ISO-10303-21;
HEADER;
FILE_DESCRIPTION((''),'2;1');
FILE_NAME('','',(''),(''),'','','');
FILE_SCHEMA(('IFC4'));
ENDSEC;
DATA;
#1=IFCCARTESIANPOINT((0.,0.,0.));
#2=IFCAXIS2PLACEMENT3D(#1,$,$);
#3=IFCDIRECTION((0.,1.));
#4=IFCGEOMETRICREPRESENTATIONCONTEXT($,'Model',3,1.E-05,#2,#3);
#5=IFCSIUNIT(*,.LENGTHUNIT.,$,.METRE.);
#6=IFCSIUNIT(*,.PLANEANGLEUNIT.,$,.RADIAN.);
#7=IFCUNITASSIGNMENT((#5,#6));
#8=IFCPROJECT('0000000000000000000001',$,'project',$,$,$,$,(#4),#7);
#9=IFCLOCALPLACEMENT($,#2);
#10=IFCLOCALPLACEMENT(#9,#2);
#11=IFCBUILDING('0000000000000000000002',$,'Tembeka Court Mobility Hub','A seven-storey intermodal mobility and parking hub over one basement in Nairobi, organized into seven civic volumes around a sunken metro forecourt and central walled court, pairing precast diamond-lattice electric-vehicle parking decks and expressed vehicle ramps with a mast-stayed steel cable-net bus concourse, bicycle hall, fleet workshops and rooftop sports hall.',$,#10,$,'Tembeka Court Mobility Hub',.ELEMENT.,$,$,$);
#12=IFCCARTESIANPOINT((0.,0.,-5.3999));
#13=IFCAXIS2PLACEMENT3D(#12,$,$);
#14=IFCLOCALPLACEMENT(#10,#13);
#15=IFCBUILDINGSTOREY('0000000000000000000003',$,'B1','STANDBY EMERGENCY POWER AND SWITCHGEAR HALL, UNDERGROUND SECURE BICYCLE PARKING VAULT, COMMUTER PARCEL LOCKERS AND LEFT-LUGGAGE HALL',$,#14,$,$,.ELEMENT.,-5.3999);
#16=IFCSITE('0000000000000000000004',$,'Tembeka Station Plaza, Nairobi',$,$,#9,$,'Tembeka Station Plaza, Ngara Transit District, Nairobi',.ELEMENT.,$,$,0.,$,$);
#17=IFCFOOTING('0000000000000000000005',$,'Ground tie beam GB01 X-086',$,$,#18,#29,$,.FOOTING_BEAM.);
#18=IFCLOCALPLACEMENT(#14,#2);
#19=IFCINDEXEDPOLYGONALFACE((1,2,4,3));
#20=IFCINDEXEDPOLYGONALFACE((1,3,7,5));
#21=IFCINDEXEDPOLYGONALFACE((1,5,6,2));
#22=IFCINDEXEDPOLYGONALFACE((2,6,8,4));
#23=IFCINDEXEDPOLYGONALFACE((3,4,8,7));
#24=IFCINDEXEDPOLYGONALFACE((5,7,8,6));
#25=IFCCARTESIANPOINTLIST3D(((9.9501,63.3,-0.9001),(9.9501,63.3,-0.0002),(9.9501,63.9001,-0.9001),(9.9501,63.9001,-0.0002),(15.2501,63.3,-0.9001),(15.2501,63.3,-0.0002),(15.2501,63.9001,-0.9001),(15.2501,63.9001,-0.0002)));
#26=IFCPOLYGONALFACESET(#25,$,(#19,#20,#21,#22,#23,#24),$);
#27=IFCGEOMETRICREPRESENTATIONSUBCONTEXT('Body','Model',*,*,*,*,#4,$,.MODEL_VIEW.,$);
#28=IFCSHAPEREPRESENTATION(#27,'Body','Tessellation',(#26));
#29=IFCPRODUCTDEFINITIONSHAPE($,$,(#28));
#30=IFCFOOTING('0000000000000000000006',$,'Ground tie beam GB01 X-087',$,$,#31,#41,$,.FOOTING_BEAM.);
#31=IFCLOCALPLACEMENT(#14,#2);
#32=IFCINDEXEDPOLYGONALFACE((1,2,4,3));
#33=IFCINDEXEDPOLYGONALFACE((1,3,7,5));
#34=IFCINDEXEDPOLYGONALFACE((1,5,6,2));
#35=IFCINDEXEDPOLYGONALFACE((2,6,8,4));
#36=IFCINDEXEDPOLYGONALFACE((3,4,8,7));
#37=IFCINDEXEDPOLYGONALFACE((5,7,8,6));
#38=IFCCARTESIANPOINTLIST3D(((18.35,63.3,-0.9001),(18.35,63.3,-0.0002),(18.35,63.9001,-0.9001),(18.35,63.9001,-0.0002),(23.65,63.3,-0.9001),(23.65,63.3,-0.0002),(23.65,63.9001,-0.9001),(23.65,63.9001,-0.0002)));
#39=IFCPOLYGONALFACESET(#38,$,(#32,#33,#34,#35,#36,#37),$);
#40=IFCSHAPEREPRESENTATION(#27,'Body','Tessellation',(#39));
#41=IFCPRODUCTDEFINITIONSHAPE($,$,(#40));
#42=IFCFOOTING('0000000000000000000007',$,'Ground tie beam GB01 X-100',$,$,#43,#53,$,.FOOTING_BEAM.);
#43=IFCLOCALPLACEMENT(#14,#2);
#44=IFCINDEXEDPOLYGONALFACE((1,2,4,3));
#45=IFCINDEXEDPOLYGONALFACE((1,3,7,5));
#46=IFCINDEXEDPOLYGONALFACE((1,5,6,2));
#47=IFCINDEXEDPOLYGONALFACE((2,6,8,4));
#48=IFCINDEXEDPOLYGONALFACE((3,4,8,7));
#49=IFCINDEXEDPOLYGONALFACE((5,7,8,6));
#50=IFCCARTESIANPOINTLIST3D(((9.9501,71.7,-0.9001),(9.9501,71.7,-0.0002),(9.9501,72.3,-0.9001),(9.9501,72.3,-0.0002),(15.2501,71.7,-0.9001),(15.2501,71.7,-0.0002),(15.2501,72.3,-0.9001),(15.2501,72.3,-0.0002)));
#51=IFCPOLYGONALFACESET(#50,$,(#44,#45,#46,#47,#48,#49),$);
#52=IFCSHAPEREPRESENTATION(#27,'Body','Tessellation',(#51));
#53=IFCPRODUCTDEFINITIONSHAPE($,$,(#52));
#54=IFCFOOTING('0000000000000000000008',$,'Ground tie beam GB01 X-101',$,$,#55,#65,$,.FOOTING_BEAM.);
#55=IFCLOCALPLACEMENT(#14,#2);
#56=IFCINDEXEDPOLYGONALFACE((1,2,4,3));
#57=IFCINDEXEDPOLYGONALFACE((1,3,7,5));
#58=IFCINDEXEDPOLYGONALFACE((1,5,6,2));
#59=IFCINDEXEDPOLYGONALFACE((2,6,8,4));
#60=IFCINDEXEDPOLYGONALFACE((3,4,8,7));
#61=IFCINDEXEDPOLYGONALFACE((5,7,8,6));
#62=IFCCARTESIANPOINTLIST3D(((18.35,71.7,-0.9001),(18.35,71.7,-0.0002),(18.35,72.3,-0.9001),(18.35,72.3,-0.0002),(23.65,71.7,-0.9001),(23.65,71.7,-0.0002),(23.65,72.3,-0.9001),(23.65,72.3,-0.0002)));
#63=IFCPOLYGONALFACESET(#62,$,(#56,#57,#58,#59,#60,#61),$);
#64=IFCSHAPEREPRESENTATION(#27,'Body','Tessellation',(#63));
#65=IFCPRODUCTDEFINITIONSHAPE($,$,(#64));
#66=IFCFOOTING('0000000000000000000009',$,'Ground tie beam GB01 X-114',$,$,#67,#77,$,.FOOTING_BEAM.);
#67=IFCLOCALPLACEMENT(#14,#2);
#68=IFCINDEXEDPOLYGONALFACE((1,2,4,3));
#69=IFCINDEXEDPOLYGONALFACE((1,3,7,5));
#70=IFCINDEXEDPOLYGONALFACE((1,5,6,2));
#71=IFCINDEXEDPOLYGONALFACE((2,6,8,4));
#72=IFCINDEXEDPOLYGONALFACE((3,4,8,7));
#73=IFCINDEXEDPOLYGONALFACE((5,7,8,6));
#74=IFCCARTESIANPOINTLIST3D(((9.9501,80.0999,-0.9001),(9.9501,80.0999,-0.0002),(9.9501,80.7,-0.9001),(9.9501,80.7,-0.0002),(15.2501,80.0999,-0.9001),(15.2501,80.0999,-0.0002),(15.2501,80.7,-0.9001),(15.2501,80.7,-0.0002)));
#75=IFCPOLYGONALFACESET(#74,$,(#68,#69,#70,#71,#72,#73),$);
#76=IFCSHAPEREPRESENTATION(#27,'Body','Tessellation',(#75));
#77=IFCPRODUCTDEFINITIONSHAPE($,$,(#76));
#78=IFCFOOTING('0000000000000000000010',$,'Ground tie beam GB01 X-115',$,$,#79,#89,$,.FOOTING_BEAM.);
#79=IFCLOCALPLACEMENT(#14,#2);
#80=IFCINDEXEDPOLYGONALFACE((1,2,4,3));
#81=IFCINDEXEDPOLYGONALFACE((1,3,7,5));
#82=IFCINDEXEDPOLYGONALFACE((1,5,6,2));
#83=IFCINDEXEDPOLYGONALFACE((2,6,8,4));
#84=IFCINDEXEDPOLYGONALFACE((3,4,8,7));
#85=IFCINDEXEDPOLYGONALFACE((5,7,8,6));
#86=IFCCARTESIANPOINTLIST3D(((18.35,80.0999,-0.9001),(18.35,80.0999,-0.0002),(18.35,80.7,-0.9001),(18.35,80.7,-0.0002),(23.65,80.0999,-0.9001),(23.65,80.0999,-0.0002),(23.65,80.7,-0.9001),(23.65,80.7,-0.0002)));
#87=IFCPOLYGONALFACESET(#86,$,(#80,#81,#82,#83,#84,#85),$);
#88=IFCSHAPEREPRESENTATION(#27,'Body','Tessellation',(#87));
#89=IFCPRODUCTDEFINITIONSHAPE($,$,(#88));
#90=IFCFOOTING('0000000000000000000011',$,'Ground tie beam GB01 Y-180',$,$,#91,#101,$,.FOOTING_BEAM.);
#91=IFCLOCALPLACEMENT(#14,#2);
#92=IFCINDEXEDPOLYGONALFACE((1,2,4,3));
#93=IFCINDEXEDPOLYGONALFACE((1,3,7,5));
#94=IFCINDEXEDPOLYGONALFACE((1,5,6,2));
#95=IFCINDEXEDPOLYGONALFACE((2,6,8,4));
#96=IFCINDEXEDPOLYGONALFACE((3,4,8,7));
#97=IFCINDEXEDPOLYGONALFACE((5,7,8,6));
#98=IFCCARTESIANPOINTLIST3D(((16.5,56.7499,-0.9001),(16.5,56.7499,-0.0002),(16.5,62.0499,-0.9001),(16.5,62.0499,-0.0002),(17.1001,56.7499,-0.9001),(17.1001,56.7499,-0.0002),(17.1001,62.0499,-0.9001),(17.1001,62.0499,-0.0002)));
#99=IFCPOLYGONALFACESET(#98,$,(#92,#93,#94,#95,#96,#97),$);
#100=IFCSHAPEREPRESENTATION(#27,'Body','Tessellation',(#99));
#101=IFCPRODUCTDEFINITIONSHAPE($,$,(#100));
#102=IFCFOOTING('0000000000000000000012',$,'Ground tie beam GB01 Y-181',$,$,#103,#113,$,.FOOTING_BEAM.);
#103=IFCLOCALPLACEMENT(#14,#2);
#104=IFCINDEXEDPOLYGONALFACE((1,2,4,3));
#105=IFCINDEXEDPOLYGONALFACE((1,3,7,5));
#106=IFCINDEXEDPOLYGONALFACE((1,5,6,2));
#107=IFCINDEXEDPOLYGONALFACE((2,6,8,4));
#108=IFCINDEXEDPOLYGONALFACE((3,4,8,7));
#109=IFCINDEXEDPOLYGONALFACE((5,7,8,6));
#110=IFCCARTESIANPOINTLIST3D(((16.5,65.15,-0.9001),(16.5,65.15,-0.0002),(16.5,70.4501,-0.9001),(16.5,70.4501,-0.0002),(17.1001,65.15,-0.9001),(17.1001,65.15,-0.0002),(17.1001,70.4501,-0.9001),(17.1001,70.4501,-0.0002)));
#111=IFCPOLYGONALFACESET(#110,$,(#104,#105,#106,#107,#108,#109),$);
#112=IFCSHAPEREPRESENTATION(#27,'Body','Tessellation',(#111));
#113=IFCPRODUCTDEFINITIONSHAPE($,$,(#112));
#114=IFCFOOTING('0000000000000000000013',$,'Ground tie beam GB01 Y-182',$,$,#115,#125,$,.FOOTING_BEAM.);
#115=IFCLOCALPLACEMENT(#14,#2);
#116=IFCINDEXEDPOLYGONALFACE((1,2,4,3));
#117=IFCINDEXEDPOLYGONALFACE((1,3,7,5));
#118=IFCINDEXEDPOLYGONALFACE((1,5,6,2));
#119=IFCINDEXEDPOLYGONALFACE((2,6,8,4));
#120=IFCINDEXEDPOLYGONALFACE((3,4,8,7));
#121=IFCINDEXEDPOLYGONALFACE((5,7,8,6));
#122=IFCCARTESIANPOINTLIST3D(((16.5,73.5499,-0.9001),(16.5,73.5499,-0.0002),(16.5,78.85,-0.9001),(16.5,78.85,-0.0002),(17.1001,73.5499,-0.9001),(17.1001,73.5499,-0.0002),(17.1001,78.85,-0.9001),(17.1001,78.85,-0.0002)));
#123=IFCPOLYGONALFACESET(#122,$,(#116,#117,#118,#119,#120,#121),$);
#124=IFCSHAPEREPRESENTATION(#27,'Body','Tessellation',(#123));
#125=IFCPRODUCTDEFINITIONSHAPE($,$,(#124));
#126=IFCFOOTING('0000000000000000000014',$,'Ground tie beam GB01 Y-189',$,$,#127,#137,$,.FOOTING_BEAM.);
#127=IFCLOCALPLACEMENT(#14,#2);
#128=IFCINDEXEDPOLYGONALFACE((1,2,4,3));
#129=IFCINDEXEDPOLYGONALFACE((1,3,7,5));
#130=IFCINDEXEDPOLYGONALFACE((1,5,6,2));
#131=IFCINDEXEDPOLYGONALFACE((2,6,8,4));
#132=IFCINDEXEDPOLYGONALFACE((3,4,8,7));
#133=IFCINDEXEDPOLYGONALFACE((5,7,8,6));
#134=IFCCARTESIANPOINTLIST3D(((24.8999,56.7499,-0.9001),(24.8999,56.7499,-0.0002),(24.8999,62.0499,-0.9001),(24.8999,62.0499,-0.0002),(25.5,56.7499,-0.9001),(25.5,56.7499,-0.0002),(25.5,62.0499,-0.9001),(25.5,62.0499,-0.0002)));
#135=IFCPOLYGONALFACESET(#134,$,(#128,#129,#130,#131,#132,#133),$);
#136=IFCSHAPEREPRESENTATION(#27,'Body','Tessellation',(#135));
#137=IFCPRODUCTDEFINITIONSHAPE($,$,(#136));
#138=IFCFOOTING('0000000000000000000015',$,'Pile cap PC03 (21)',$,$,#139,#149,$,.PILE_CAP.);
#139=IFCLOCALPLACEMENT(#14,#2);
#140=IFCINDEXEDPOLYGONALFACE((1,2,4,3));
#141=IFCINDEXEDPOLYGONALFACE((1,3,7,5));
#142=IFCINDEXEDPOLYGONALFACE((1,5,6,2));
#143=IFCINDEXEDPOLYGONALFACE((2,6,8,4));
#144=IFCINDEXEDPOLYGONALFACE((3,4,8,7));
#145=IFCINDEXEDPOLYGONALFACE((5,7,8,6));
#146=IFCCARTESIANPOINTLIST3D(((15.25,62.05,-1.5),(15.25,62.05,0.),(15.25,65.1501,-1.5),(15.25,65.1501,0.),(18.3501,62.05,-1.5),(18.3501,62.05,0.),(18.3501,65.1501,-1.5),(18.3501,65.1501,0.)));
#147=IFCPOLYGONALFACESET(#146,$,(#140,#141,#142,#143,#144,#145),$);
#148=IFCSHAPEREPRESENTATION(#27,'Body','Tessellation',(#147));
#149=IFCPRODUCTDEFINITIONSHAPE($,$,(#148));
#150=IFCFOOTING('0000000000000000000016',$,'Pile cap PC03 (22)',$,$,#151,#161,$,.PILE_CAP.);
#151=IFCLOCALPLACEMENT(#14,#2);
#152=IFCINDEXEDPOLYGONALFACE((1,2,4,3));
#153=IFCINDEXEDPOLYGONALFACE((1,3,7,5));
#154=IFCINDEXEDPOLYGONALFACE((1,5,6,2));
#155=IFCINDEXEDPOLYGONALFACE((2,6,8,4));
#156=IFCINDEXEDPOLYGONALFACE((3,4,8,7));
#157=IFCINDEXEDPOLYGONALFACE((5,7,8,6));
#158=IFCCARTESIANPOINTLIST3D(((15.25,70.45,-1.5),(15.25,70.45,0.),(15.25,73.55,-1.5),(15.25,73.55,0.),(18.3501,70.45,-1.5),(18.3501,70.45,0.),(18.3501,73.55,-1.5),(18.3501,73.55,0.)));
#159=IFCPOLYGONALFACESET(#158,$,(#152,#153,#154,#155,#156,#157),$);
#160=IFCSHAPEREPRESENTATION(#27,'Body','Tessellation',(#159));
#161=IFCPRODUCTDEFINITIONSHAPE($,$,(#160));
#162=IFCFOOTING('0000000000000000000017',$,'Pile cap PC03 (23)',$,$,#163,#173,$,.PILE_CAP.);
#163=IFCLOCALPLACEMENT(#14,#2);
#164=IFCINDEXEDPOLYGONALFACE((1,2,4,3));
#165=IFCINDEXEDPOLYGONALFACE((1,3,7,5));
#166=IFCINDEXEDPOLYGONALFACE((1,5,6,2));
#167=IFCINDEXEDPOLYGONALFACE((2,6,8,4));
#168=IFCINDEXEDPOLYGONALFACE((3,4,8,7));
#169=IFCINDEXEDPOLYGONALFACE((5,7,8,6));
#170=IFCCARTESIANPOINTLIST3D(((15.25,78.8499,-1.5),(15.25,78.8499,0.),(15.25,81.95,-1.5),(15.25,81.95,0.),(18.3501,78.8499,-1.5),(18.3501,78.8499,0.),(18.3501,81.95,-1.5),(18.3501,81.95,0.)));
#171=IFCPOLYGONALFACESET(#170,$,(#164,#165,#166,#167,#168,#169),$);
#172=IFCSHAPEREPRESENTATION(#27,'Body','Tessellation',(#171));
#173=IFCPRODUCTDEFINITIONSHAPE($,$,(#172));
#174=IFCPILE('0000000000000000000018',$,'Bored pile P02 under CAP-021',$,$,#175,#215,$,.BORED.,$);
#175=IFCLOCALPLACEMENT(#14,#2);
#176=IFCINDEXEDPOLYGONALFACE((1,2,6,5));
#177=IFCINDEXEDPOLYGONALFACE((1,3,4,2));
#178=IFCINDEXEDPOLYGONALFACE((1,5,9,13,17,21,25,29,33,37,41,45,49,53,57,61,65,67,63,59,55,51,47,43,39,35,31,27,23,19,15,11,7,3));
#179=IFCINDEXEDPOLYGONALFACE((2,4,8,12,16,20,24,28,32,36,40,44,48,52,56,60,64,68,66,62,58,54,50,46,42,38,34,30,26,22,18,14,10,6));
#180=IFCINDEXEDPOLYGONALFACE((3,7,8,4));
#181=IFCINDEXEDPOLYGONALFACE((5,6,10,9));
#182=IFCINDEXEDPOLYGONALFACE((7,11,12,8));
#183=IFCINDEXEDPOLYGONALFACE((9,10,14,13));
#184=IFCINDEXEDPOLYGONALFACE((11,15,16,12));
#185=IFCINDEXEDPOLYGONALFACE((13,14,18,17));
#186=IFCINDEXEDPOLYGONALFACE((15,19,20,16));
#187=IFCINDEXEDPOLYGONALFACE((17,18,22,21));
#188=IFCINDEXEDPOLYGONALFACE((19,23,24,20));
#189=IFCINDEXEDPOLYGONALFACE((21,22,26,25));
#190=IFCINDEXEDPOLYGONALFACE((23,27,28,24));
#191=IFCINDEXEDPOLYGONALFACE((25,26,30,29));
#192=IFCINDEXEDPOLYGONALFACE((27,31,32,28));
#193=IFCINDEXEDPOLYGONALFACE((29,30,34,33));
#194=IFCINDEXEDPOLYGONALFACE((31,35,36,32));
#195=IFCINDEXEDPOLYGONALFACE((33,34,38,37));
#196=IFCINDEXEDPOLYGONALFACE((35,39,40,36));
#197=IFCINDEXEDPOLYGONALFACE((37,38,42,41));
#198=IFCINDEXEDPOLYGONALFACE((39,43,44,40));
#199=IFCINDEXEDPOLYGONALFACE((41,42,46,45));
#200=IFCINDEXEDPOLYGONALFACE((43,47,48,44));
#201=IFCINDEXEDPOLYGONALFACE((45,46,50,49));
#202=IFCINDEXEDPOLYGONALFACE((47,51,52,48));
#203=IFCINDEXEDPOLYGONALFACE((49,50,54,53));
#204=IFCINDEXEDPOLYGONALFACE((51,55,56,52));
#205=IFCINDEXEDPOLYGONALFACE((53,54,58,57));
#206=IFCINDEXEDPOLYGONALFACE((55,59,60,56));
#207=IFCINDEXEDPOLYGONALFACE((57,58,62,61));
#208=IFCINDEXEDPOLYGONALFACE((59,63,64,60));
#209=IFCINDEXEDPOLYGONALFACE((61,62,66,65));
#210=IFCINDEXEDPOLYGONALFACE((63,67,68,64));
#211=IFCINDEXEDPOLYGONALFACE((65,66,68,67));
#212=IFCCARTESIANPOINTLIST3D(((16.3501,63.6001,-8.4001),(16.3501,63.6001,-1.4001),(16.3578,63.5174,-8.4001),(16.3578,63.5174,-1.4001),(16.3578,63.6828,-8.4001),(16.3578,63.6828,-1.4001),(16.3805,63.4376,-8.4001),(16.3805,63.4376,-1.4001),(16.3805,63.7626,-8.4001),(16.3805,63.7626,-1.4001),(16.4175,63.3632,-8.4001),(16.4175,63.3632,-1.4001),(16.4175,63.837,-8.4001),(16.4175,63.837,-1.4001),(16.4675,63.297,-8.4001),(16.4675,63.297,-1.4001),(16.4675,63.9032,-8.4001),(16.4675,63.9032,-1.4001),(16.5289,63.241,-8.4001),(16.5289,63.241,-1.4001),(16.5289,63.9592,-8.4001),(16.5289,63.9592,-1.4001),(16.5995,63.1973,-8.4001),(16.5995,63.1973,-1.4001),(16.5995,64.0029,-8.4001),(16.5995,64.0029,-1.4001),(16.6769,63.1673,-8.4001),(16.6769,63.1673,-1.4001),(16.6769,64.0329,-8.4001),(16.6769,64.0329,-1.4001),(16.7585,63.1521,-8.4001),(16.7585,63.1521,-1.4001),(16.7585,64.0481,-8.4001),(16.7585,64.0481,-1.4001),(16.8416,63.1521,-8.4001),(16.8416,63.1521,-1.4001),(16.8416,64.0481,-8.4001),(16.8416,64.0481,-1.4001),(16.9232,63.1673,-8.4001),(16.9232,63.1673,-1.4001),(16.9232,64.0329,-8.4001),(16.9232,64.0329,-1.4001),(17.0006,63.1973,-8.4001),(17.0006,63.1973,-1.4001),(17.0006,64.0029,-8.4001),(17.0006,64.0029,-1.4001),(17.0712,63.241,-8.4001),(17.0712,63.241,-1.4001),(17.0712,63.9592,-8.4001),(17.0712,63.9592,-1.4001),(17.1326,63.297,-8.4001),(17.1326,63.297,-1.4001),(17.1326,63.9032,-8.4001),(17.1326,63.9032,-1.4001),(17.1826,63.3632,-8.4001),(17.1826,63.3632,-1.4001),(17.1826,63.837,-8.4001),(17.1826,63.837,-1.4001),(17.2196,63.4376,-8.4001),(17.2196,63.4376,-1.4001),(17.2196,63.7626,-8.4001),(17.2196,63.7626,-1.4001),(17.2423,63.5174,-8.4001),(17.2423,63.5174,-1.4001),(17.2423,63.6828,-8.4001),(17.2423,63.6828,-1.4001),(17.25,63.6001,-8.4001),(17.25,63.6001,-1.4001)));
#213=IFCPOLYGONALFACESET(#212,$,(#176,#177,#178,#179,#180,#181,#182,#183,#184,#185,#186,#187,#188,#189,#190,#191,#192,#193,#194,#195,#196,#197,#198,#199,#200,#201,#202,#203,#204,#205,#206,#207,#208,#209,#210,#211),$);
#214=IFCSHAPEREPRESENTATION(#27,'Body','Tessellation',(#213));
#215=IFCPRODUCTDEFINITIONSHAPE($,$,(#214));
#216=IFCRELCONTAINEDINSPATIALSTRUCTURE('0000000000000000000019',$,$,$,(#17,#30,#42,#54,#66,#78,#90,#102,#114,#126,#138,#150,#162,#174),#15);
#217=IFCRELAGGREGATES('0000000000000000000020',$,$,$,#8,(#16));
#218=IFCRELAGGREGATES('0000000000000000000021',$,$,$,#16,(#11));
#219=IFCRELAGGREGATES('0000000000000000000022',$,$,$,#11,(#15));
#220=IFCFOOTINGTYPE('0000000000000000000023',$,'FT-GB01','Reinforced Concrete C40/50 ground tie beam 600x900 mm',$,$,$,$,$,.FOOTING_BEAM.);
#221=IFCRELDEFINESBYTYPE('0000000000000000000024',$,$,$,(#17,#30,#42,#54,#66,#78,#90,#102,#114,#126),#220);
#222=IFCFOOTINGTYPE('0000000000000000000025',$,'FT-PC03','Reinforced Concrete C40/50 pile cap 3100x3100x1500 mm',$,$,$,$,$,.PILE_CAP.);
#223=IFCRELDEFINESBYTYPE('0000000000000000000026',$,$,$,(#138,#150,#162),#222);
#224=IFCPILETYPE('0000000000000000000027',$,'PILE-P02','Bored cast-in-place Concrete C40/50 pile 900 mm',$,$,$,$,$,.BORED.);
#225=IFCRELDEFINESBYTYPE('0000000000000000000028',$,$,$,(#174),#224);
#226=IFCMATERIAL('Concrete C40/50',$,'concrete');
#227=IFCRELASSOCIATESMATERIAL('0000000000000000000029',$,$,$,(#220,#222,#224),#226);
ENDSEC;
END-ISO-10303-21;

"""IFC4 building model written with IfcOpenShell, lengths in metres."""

from ifc_helpers import new_model, si_unit, direction, frame, origin, origin_2d, place, context, subcontext, project, spatial, rectangle, circle, extrude, material, material_profile, profile_set, type_object, element, save


model = new_model("IFC4")

# Units and contexts
model_context = context("Model", 3, precision=1e-05, world=origin(), true_north=direction((0.0, 1.0)))
body_context = subcontext(model_context, "Body", "Model", "MODEL_VIEW")
ifc_project = project(units=[si_unit("LENGTHUNIT", "METRE"), si_unit("PLANEANGLEUNIT", "RADIAN")], contexts=[model_context])

# Site, building, storey
site_placement = place(None, origin())
site = spatial("IfcSite", under=ifc_project, at=site_placement, Name="Tembeka Station Plaza, Nairobi", LongName="Tembeka Station Plaza, Ngara Transit District, Nairobi", CompositionType="ELEMENT", RefElevation=0.0)
building_placement = place(site_placement, origin())
building = spatial("IfcBuilding", under=site, at=building_placement, Name="Tembeka Court Mobility Hub", Description="A seven-storey intermodal mobility and parking hub over one basement in Nairobi, organized into seven civic volumes around a sunken metro forecourt and central walled court, pairing precast diamond-lattice electric-vehicle parking decks and expressed vehicle ramps with a mast-stayed steel cable-net bus concourse, bicycle hall, fleet workshops and rooftop sports hall.", LongName="Tembeka Court Mobility Hub", CompositionType="ELEMENT")
storey_placement = place(building_placement, frame((0.0, 0.0, -5.3999)))
storey = spatial("IfcBuildingStorey", under=building, at=storey_placement, Name="B1", Description="STANDBY EMERGENCY POWER AND SWITCHGEAR HALL, UNDERGROUND SECURE BICYCLE PARKING VAULT, COMMUTER PARCEL LOCKERS AND LEFT-LUGGAGE HALL", CompositionType="ELEMENT", Elevation=-5.3999)

# Footings
ifc_material_1 = material(Name="Concrete C40/50", Category="concrete")
footing_type_1 = type_object("IfcFootingType", Name="FT-GB01", Description="Reinforced Concrete C40/50 ground tie beam 600x900 mm", PredefinedType="FOOTING_BEAM", material=ifc_material_1)
for number, where, z_axis, x_axis, name in (
    (1, (12.6001, 63.6001, -0.9001), (0.0, 0.0, 1.0), (1.0, 0.0, 0.0), "Ground tie beam GB01 X-086"),
    (2, (21.0, 63.6001, -0.9001), (0.0, 0.0, 1.0), (1.0, 0.0, 0.0), "Ground tie beam GB01 X-087"),
    (3, (12.6001, 72.0, -0.9001), (0.0, 0.0, 1.0), (1.0, 0.0, 0.0), "Ground tie beam GB01 X-100"),
    (4, (21.0, 72.0, -0.9001), (0.0, 0.0, 1.0), (1.0, 0.0, 0.0), "Ground tie beam GB01 X-101"),
    (5, (12.6001, 80.3999, -0.9001), (0.0, 0.0, 1.0), (1.0, 0.0, 0.0), "Ground tie beam GB01 X-114"),
    (6, (21.0, 80.3999, -0.9001), (0.0, 0.0, 1.0), (1.0, 0.0, 0.0), "Ground tie beam GB01 X-115"),
    (7, (16.8, 59.3999, -0.9001), (0.0, 0.0, 1.0), (0.0, 1.0, 0.0), "Ground tie beam GB01 Y-180"),
    (8, (16.8, 67.8, -0.9001), (0.0, 0.0, 1.0), (0.0, 1.0, 0.0), "Ground tie beam GB01 Y-181"),
    (9, (16.8, 76.2, -0.9001), (0.0, 0.0, 1.0), (0.0, 1.0, 0.0), "Ground tie beam GB01 Y-182"),
    (10, (25.2, 59.3999, -0.9001), (0.0, 0.0, 1.0), (0.0, 1.0, 0.0), "Ground tie beam GB01 Y-189"),
):
    element("IfcFooting", number, at=place(storey_placement, frame(where, z_axis=z_axis, x_axis=x_axis)), inside=storey, type_object=footing_type_1, Name=name, PredefinedType="FOOTING_BEAM", context=body_context, shape_type="SweptSolid", body=[
        extrude(rectangle(XDim=5.3, YDim=0.6001, at=origin_2d()), origin(), (0.0, 0.0, 1.0), 0.8999),
    ])
footing_type_2 = type_object("IfcFootingType", Name="FT-PC03", Description="Reinforced Concrete C40/50 pile cap 3100x3100x1500 mm", PredefinedType="PILE_CAP", material=ifc_material_1)
for number, where, z_axis, x_axis, name in (
    (11, (16.8, 63.6001, -1.5), (0.0, 0.0, 1.0), (1.0, 0.0, 0.0), "Pile cap PC03 (21)"),
    (12, (16.8, 72.0, -1.5), (0.0, 0.0, 1.0), (1.0, 0.0, 0.0), "Pile cap PC03 (22)"),
    (13, (16.8, 80.3999, -1.5), (0.0, 0.0, 1.0), (1.0, 0.0, 0.0), "Pile cap PC03 (23)"),
):
    element("IfcFooting", number, at=place(storey_placement, frame(where, z_axis=z_axis, x_axis=x_axis)), inside=storey, type_object=footing_type_2, Name=name, PredefinedType="PILE_CAP", context=body_context, shape_type="SweptSolid", body=[
        extrude(rectangle(XDim=3.1001, YDim=3.1001, at=origin_2d()), origin(), (0.0, 0.0, 1.0), 1.5),
    ])

# Pile
ifc_material_profile_1 = material_profile(ifc_material_1, circle(Radius=0.45, at=origin_2d()), Name="PILE D900")
ifc_profile_set_1 = profile_set([ifc_material_profile_1], Name="Concrete C40/50")
pile_type_1 = type_object("IfcPileType", Name="PILE-P02", Description="Bored cast-in-place Concrete C40/50 pile 900 mm", PredefinedType="BORED", material=ifc_profile_set_1)
for number, where, z_axis, x_axis, name in (
    (14, (16.8, 63.6001, -1.4001), (0.0, 0.0, -1.0), (1.0, 0.0, 0.0), "Bored pile P02 under CAP-021"),
):
    element("IfcPile", number, at=place(storey_placement, frame(where, z_axis=z_axis, x_axis=x_axis)), inside=storey, type_object=pile_type_1, Name=name, PredefinedType="BORED", context=body_context, shape_type="SweptSolid", body=[
        extrude(circle(Radius=0.45, at=origin_2d()), origin(), (0.0, 0.0, 1.0), 7.0),
    ])

save(model, "model.ifc")
